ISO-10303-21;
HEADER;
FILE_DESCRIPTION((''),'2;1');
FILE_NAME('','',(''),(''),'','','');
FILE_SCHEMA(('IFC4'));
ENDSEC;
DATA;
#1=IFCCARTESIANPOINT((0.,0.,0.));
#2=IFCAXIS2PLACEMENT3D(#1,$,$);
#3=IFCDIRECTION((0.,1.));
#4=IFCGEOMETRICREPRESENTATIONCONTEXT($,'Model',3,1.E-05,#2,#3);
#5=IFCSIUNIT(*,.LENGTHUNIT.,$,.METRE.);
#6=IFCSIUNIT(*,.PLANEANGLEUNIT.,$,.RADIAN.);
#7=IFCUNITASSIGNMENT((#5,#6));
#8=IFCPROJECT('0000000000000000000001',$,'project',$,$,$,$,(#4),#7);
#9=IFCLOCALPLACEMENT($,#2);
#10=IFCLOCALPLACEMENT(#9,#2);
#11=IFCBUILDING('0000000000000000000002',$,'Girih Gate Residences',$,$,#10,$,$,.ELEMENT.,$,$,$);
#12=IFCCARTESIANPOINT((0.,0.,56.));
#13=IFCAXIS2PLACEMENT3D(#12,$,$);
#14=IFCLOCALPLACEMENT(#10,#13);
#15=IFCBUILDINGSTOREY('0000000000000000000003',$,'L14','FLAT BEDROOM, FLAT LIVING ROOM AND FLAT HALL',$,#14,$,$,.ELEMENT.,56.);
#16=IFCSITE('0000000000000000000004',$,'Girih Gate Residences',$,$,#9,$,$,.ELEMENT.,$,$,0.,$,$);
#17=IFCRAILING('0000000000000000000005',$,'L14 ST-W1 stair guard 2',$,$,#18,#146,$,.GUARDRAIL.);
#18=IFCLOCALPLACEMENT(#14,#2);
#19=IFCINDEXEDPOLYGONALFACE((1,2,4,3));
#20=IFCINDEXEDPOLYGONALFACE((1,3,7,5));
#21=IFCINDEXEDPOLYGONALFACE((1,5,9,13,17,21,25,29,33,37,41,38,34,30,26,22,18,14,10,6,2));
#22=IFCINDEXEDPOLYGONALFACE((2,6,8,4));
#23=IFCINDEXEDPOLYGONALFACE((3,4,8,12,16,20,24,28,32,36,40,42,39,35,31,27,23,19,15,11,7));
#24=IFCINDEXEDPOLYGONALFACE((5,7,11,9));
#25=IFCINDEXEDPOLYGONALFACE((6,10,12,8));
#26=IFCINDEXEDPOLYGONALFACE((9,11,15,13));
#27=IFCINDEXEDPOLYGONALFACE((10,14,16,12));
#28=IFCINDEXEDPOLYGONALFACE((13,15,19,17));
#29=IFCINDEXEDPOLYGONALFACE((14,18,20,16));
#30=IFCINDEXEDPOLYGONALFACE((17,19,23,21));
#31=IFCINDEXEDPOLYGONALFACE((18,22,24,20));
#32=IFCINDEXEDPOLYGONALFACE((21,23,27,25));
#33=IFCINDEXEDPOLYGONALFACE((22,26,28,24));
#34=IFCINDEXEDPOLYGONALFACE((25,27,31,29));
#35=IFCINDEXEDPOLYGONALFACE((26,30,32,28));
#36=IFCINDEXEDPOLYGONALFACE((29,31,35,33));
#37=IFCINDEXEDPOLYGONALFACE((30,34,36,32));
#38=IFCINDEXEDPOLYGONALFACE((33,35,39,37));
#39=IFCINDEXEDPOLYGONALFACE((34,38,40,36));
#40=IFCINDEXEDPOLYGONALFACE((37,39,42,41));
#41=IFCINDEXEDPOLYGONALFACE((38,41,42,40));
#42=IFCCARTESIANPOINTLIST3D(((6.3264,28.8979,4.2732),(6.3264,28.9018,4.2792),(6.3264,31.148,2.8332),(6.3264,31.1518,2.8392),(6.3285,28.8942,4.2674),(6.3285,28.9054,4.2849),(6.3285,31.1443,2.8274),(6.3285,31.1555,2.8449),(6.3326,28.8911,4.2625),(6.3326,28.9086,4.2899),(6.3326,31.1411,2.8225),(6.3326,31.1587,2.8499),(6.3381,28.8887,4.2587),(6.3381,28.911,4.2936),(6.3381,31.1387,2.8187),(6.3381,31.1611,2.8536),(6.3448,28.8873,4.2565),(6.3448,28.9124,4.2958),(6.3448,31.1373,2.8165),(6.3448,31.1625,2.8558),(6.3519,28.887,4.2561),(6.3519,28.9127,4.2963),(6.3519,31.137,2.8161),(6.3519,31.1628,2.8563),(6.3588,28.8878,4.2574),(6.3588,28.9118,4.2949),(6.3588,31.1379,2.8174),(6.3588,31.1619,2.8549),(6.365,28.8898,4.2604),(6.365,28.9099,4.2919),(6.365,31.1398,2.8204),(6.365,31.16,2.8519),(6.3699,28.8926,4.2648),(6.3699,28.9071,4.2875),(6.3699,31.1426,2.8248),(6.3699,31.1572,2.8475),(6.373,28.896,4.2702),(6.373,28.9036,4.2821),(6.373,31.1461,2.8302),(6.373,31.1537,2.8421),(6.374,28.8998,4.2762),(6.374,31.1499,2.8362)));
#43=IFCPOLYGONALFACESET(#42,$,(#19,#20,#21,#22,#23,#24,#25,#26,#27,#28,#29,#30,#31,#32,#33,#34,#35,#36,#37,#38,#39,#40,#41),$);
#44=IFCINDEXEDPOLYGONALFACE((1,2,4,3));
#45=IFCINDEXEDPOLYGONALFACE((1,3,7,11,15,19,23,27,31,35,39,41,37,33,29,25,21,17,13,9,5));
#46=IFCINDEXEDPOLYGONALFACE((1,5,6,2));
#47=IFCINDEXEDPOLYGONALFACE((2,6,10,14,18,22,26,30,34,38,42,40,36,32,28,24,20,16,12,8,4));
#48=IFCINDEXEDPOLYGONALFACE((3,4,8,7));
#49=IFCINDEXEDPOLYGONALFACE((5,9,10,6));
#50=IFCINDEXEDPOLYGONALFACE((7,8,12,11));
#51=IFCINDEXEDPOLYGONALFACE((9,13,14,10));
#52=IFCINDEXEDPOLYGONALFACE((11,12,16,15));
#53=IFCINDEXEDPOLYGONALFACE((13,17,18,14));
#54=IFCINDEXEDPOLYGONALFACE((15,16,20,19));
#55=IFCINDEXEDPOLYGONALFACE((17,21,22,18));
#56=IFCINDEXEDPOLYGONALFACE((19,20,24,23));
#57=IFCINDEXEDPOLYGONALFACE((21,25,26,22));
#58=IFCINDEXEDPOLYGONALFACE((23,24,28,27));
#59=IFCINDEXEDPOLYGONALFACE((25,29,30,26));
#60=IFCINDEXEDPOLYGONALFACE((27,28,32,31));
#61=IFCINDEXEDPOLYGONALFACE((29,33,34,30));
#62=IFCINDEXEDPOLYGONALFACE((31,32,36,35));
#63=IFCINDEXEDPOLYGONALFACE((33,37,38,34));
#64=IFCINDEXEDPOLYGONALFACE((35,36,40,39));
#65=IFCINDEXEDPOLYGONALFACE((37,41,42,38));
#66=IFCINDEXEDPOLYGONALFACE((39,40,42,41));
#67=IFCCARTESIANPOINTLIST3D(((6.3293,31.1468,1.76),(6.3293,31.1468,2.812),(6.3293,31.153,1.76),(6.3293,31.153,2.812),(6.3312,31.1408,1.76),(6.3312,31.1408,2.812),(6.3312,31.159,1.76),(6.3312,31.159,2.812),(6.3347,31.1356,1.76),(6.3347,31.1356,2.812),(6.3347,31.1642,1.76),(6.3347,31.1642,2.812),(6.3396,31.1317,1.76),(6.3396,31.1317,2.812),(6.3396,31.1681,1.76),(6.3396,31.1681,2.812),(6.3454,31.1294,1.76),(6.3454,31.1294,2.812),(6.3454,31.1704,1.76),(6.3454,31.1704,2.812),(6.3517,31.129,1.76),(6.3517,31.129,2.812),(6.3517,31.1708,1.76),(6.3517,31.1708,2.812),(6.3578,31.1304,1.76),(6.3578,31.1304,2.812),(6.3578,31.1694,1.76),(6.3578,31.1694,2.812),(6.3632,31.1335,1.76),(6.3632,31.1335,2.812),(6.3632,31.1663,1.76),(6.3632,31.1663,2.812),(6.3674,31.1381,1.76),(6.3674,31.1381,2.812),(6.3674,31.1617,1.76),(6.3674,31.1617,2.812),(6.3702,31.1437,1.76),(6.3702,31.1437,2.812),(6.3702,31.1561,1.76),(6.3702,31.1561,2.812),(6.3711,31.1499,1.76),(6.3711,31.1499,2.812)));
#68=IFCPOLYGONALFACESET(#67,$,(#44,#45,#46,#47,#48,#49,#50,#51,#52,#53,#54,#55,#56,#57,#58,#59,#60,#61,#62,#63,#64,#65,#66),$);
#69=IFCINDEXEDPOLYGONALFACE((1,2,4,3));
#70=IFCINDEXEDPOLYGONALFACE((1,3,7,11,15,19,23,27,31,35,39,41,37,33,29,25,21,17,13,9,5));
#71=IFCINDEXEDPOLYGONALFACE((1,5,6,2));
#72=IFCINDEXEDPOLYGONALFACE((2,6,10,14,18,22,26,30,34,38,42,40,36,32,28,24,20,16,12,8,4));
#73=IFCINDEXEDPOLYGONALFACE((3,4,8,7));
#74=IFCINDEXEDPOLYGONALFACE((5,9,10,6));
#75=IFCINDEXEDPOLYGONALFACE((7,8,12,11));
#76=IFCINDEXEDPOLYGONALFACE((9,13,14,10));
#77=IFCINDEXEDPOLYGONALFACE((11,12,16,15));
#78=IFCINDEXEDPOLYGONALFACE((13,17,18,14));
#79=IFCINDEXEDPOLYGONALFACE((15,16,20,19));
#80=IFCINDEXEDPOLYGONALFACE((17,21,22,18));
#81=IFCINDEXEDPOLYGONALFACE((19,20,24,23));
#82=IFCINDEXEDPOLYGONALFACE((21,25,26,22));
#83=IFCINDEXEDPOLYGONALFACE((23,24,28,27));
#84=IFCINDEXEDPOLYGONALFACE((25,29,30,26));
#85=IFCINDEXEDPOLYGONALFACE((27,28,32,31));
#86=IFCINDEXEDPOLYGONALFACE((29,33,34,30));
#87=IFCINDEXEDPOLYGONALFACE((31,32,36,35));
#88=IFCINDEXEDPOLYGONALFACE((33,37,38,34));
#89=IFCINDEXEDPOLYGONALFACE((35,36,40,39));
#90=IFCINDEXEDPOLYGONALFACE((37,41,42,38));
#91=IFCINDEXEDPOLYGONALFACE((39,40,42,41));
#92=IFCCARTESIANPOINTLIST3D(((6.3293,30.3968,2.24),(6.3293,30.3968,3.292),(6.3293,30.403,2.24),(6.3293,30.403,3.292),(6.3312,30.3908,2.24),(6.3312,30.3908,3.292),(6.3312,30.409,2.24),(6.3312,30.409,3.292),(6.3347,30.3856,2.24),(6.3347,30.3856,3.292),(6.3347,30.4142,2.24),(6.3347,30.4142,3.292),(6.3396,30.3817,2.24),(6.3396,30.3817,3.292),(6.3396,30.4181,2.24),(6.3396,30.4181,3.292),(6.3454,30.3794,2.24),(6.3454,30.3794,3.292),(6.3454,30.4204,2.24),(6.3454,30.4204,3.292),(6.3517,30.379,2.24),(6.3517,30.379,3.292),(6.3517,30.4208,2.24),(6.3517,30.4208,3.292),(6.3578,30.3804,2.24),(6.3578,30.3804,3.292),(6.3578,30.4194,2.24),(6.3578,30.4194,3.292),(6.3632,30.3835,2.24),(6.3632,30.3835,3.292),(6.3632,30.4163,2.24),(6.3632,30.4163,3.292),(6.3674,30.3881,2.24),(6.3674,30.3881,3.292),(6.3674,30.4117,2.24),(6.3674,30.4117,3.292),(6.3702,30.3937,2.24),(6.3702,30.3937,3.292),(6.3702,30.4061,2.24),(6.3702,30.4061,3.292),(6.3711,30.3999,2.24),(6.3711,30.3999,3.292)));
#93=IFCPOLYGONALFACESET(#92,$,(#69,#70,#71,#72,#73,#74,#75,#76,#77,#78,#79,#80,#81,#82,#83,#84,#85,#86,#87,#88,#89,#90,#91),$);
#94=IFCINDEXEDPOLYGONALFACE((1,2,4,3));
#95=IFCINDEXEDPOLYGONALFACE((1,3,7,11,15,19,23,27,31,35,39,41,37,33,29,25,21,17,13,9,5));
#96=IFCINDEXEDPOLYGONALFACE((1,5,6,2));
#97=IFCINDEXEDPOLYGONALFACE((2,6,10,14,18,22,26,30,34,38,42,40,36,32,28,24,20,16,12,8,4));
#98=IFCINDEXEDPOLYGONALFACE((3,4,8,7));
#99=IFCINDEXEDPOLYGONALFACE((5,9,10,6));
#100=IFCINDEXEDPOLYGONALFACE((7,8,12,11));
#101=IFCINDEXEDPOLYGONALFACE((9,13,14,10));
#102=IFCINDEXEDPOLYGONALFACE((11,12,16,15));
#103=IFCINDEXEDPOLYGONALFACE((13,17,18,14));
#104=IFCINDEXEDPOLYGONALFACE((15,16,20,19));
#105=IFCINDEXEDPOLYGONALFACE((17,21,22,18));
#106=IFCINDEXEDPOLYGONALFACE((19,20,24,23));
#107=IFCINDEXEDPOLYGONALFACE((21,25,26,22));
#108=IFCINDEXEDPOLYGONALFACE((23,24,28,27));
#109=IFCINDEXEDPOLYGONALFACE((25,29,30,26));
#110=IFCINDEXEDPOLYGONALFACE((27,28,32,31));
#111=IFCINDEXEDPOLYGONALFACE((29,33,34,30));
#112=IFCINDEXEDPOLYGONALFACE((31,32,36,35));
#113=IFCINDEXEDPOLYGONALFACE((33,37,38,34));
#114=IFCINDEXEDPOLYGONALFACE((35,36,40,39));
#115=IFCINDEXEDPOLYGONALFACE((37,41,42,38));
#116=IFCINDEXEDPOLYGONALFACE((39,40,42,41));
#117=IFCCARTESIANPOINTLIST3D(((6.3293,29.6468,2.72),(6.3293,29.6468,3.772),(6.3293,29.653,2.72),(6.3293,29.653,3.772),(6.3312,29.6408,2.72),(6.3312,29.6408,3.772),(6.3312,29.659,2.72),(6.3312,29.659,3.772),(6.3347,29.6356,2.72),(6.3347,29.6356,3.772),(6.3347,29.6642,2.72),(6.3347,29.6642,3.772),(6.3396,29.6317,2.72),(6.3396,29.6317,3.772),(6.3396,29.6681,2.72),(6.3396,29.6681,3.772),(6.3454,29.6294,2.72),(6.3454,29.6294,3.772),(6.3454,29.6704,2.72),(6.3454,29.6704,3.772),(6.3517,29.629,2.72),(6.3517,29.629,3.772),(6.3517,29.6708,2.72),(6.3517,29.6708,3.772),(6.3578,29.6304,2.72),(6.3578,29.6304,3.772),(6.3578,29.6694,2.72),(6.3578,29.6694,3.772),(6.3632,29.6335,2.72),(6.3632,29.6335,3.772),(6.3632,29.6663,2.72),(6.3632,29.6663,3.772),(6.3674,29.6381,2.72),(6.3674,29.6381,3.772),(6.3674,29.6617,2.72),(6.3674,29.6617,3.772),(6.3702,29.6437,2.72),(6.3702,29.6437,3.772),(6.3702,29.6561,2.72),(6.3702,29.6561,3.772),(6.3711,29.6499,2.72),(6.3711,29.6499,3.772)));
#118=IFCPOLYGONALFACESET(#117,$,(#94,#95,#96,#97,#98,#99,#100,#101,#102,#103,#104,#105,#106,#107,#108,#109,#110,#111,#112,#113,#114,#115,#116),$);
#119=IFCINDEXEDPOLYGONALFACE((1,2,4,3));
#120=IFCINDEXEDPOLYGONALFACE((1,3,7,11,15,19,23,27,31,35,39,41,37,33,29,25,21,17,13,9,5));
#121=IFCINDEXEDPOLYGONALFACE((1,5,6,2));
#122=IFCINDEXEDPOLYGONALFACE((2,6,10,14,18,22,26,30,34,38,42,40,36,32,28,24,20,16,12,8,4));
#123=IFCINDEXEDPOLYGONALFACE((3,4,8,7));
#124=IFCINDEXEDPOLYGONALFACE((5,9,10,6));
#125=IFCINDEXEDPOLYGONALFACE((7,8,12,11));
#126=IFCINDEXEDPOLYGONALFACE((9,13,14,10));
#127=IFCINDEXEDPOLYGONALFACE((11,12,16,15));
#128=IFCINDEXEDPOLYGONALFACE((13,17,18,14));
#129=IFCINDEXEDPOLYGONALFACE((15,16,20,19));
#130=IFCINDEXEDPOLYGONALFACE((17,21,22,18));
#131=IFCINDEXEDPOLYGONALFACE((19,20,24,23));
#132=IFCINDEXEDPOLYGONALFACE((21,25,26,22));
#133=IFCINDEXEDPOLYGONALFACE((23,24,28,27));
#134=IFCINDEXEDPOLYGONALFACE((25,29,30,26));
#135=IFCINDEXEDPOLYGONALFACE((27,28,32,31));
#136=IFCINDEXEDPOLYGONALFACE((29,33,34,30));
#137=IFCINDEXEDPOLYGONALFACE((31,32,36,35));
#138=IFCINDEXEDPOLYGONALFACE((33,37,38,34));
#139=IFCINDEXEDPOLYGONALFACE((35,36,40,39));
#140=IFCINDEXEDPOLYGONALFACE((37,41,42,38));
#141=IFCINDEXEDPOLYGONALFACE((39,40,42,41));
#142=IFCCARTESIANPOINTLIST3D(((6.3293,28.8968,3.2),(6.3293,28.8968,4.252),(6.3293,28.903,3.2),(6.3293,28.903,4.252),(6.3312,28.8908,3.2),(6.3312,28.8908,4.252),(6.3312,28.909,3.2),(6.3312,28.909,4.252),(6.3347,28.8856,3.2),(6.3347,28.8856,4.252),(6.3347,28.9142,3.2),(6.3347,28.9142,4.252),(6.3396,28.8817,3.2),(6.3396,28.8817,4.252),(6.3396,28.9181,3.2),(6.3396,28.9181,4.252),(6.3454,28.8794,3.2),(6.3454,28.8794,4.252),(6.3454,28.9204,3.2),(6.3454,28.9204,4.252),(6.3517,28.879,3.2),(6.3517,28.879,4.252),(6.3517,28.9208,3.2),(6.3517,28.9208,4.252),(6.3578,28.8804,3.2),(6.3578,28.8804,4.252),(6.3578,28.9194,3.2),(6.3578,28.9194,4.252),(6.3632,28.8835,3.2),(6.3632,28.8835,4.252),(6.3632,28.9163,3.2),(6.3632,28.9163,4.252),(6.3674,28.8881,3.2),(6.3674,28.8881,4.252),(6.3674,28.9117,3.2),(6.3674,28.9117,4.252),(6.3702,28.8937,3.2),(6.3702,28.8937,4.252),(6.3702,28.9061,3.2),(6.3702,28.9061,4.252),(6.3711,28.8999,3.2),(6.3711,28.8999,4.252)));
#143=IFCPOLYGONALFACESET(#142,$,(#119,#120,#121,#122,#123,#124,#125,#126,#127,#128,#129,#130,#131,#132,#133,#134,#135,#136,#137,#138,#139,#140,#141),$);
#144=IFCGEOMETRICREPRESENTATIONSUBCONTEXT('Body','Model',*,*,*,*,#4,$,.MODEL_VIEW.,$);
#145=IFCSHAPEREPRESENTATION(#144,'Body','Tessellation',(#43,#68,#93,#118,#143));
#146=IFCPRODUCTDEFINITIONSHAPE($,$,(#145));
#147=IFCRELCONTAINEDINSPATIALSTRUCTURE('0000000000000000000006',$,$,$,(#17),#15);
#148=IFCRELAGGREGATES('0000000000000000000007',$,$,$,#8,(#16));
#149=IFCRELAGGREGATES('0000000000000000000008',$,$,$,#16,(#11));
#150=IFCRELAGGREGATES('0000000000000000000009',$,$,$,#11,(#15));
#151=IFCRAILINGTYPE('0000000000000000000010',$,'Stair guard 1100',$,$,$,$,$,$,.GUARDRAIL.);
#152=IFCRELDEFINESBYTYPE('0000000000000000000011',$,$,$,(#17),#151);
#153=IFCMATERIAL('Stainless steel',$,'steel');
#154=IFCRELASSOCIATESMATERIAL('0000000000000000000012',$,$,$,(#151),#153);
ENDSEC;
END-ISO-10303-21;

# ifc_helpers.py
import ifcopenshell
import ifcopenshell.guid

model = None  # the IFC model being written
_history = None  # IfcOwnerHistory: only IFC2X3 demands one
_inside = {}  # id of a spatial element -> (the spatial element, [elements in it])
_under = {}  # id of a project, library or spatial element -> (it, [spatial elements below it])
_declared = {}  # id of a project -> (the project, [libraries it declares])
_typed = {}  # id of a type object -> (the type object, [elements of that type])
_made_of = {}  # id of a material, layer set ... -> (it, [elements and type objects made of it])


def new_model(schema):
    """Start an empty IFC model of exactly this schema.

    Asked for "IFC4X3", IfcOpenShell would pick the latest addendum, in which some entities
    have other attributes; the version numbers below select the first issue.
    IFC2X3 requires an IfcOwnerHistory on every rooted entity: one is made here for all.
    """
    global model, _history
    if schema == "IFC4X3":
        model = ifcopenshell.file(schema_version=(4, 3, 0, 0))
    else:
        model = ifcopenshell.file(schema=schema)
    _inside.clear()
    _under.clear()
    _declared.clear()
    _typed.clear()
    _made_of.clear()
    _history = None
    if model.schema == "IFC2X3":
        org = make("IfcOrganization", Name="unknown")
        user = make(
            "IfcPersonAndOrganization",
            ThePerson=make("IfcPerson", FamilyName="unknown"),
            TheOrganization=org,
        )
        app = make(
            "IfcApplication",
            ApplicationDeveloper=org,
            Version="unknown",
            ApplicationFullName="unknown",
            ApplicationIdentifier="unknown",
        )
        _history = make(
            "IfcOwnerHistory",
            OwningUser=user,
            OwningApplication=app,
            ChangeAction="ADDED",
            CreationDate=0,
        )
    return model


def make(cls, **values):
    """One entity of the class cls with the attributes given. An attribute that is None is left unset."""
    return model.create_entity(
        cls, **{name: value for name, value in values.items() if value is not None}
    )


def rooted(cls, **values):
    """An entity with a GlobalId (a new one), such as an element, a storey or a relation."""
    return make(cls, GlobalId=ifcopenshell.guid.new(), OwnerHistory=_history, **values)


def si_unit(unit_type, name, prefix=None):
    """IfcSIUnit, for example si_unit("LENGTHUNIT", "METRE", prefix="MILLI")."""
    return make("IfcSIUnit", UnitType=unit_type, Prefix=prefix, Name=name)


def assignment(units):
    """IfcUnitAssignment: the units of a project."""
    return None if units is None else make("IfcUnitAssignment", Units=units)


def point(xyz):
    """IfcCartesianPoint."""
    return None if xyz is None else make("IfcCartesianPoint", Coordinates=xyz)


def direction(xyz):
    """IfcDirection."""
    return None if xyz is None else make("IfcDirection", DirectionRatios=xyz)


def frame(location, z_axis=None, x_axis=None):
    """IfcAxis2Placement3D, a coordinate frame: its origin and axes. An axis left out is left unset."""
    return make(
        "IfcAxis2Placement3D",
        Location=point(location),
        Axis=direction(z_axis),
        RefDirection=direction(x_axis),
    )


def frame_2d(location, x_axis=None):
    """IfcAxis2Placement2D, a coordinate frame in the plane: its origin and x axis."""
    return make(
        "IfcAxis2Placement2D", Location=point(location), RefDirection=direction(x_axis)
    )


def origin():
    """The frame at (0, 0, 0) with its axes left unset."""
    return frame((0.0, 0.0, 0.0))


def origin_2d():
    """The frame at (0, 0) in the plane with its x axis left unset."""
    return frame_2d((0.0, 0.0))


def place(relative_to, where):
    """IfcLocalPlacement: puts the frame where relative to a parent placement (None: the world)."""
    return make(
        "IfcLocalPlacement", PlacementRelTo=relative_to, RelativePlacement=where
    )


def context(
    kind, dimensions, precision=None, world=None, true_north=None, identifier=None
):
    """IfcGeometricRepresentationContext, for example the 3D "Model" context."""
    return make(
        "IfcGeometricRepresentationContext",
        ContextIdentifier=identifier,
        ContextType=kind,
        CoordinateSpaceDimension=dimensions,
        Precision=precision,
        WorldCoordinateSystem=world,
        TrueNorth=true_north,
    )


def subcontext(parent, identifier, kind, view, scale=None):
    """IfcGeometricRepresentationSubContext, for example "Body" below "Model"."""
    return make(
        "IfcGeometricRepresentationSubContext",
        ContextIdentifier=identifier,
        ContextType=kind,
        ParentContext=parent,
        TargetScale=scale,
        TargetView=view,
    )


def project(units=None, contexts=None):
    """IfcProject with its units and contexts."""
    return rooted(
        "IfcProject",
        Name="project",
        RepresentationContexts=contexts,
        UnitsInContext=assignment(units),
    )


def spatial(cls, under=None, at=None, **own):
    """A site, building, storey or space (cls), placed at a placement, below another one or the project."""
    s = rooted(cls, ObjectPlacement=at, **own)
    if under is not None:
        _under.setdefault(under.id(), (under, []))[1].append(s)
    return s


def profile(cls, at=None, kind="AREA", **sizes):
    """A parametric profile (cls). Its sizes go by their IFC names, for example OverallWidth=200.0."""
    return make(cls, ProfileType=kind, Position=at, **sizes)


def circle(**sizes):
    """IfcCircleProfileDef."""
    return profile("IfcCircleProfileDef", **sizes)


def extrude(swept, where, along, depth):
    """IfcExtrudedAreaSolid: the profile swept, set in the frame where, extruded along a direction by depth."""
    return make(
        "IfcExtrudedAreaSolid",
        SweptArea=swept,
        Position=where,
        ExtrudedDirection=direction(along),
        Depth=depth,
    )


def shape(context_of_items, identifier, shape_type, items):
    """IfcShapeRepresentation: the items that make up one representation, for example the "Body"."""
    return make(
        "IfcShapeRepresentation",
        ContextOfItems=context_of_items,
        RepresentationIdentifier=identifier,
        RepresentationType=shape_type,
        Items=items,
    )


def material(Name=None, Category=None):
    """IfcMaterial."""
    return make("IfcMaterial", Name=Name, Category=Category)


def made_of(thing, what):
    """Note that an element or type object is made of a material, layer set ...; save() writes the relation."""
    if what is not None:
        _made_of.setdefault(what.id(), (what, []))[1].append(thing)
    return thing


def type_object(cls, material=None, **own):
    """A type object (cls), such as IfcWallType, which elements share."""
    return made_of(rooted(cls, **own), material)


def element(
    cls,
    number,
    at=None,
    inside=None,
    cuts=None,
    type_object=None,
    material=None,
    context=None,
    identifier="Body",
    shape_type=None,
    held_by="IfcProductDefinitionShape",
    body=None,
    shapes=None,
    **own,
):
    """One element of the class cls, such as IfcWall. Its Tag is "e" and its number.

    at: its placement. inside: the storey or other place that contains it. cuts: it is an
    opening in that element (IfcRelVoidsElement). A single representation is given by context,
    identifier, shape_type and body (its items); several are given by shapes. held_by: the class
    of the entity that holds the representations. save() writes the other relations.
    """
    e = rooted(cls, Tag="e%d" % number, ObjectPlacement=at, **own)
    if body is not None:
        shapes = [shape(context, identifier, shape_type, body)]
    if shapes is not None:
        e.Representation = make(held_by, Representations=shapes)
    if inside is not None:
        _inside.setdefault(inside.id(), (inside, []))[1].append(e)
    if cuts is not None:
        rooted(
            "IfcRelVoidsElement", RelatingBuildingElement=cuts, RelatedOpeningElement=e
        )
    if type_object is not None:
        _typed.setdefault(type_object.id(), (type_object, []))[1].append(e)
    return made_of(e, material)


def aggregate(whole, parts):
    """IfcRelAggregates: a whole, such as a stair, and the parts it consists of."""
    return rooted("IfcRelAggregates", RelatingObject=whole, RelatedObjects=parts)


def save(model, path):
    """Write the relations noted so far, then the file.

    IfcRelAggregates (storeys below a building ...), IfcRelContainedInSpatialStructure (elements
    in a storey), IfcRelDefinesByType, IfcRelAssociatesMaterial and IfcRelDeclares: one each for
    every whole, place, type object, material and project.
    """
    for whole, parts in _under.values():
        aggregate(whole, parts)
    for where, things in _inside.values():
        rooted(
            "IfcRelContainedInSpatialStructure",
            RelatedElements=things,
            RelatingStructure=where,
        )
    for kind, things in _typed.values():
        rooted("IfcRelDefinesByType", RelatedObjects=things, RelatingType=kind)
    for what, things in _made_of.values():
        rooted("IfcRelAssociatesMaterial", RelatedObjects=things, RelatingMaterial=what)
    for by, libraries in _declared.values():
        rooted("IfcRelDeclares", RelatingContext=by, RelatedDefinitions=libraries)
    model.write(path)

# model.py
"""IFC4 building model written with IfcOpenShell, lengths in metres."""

from ifc_helpers import new_model, si_unit, direction, frame, origin, origin_2d, place, context, subcontext, project, spatial, circle, extrude, material, type_object, element, save


model = new_model("IFC4")

# Units and contexts
model_context = context("Model", 3, precision=1e-05, world=origin(), true_north=direction((0.0, 1.0)))
body_context = subcontext(model_context, "Body", "Model", "MODEL_VIEW")
ifc_project = project(units=[si_unit("LENGTHUNIT", "METRE"), si_unit("PLANEANGLEUNIT", "RADIAN")], contexts=[model_context])

# Site, building, storey
site_placement = place(None, origin())
site = spatial("IfcSite", under=ifc_project, at=site_placement, Name="Girih Gate Residences", CompositionType="ELEMENT", RefElevation=0.0)
building_placement = place(site_placement, origin())
building = spatial("IfcBuilding", under=site, at=building_placement, Name="Girih Gate Residences", CompositionType="ELEMENT")
storey_placement = place(building_placement, frame((0.0, 0.0, 56.0)))
storey = spatial("IfcBuildingStorey", under=building, at=storey_placement, Name="L14", Description="FLAT BEDROOM, FLAT LIVING ROOM AND FLAT HALL", CompositionType="ELEMENT", Elevation=56.0)

# Shared definitions
ifc_material_1 = material(Name="Stainless steel", Category="steel")

# Railing
railing_type = type_object("IfcRailingType", Name="Stair guard 1100", PredefinedType="GUARDRAIL", material=ifc_material_1)
railing_placement = place(storey_placement, frame((6.3501, 31.1499, 1.76)))
element("IfcRailing", 1, at=railing_placement, inside=storey, type_object=railing_type, Name="L14 ST-W1 stair guard 2", PredefinedType="GUARDRAIL", context=body_context, shape_type="SweptSolid", body=[
    extrude(circle(Radius=0.0239, at=origin_2d()), frame((0.0, 0.0, 1.0762), z_axis=(0.0, -0.842281, 0.539038), x_axis=(1.0, 0.0, 0.0)), (0.0, 0.0, 1.0), 2.6714),
    extrude(circle(Radius=0.021, at=origin_2d()), origin(), (0.0, 0.0, 1.0), 1.052),
    extrude(circle(Radius=0.021, at=origin_2d()), frame((0.0, -0.75, 0.48)), (0.0, 0.0, 1.0), 1.052),
    extrude(circle(Radius=0.021, at=origin_2d()), frame((0.0, -1.5, 0.96)), (0.0, 0.0, 1.0), 1.052),
    extrude(circle(Radius=0.021, at=origin_2d()), frame((0.0, -2.25, 1.4399)), (0.0, 0.0, 1.0), 1.052),
])

save(model, "model.ifc")
